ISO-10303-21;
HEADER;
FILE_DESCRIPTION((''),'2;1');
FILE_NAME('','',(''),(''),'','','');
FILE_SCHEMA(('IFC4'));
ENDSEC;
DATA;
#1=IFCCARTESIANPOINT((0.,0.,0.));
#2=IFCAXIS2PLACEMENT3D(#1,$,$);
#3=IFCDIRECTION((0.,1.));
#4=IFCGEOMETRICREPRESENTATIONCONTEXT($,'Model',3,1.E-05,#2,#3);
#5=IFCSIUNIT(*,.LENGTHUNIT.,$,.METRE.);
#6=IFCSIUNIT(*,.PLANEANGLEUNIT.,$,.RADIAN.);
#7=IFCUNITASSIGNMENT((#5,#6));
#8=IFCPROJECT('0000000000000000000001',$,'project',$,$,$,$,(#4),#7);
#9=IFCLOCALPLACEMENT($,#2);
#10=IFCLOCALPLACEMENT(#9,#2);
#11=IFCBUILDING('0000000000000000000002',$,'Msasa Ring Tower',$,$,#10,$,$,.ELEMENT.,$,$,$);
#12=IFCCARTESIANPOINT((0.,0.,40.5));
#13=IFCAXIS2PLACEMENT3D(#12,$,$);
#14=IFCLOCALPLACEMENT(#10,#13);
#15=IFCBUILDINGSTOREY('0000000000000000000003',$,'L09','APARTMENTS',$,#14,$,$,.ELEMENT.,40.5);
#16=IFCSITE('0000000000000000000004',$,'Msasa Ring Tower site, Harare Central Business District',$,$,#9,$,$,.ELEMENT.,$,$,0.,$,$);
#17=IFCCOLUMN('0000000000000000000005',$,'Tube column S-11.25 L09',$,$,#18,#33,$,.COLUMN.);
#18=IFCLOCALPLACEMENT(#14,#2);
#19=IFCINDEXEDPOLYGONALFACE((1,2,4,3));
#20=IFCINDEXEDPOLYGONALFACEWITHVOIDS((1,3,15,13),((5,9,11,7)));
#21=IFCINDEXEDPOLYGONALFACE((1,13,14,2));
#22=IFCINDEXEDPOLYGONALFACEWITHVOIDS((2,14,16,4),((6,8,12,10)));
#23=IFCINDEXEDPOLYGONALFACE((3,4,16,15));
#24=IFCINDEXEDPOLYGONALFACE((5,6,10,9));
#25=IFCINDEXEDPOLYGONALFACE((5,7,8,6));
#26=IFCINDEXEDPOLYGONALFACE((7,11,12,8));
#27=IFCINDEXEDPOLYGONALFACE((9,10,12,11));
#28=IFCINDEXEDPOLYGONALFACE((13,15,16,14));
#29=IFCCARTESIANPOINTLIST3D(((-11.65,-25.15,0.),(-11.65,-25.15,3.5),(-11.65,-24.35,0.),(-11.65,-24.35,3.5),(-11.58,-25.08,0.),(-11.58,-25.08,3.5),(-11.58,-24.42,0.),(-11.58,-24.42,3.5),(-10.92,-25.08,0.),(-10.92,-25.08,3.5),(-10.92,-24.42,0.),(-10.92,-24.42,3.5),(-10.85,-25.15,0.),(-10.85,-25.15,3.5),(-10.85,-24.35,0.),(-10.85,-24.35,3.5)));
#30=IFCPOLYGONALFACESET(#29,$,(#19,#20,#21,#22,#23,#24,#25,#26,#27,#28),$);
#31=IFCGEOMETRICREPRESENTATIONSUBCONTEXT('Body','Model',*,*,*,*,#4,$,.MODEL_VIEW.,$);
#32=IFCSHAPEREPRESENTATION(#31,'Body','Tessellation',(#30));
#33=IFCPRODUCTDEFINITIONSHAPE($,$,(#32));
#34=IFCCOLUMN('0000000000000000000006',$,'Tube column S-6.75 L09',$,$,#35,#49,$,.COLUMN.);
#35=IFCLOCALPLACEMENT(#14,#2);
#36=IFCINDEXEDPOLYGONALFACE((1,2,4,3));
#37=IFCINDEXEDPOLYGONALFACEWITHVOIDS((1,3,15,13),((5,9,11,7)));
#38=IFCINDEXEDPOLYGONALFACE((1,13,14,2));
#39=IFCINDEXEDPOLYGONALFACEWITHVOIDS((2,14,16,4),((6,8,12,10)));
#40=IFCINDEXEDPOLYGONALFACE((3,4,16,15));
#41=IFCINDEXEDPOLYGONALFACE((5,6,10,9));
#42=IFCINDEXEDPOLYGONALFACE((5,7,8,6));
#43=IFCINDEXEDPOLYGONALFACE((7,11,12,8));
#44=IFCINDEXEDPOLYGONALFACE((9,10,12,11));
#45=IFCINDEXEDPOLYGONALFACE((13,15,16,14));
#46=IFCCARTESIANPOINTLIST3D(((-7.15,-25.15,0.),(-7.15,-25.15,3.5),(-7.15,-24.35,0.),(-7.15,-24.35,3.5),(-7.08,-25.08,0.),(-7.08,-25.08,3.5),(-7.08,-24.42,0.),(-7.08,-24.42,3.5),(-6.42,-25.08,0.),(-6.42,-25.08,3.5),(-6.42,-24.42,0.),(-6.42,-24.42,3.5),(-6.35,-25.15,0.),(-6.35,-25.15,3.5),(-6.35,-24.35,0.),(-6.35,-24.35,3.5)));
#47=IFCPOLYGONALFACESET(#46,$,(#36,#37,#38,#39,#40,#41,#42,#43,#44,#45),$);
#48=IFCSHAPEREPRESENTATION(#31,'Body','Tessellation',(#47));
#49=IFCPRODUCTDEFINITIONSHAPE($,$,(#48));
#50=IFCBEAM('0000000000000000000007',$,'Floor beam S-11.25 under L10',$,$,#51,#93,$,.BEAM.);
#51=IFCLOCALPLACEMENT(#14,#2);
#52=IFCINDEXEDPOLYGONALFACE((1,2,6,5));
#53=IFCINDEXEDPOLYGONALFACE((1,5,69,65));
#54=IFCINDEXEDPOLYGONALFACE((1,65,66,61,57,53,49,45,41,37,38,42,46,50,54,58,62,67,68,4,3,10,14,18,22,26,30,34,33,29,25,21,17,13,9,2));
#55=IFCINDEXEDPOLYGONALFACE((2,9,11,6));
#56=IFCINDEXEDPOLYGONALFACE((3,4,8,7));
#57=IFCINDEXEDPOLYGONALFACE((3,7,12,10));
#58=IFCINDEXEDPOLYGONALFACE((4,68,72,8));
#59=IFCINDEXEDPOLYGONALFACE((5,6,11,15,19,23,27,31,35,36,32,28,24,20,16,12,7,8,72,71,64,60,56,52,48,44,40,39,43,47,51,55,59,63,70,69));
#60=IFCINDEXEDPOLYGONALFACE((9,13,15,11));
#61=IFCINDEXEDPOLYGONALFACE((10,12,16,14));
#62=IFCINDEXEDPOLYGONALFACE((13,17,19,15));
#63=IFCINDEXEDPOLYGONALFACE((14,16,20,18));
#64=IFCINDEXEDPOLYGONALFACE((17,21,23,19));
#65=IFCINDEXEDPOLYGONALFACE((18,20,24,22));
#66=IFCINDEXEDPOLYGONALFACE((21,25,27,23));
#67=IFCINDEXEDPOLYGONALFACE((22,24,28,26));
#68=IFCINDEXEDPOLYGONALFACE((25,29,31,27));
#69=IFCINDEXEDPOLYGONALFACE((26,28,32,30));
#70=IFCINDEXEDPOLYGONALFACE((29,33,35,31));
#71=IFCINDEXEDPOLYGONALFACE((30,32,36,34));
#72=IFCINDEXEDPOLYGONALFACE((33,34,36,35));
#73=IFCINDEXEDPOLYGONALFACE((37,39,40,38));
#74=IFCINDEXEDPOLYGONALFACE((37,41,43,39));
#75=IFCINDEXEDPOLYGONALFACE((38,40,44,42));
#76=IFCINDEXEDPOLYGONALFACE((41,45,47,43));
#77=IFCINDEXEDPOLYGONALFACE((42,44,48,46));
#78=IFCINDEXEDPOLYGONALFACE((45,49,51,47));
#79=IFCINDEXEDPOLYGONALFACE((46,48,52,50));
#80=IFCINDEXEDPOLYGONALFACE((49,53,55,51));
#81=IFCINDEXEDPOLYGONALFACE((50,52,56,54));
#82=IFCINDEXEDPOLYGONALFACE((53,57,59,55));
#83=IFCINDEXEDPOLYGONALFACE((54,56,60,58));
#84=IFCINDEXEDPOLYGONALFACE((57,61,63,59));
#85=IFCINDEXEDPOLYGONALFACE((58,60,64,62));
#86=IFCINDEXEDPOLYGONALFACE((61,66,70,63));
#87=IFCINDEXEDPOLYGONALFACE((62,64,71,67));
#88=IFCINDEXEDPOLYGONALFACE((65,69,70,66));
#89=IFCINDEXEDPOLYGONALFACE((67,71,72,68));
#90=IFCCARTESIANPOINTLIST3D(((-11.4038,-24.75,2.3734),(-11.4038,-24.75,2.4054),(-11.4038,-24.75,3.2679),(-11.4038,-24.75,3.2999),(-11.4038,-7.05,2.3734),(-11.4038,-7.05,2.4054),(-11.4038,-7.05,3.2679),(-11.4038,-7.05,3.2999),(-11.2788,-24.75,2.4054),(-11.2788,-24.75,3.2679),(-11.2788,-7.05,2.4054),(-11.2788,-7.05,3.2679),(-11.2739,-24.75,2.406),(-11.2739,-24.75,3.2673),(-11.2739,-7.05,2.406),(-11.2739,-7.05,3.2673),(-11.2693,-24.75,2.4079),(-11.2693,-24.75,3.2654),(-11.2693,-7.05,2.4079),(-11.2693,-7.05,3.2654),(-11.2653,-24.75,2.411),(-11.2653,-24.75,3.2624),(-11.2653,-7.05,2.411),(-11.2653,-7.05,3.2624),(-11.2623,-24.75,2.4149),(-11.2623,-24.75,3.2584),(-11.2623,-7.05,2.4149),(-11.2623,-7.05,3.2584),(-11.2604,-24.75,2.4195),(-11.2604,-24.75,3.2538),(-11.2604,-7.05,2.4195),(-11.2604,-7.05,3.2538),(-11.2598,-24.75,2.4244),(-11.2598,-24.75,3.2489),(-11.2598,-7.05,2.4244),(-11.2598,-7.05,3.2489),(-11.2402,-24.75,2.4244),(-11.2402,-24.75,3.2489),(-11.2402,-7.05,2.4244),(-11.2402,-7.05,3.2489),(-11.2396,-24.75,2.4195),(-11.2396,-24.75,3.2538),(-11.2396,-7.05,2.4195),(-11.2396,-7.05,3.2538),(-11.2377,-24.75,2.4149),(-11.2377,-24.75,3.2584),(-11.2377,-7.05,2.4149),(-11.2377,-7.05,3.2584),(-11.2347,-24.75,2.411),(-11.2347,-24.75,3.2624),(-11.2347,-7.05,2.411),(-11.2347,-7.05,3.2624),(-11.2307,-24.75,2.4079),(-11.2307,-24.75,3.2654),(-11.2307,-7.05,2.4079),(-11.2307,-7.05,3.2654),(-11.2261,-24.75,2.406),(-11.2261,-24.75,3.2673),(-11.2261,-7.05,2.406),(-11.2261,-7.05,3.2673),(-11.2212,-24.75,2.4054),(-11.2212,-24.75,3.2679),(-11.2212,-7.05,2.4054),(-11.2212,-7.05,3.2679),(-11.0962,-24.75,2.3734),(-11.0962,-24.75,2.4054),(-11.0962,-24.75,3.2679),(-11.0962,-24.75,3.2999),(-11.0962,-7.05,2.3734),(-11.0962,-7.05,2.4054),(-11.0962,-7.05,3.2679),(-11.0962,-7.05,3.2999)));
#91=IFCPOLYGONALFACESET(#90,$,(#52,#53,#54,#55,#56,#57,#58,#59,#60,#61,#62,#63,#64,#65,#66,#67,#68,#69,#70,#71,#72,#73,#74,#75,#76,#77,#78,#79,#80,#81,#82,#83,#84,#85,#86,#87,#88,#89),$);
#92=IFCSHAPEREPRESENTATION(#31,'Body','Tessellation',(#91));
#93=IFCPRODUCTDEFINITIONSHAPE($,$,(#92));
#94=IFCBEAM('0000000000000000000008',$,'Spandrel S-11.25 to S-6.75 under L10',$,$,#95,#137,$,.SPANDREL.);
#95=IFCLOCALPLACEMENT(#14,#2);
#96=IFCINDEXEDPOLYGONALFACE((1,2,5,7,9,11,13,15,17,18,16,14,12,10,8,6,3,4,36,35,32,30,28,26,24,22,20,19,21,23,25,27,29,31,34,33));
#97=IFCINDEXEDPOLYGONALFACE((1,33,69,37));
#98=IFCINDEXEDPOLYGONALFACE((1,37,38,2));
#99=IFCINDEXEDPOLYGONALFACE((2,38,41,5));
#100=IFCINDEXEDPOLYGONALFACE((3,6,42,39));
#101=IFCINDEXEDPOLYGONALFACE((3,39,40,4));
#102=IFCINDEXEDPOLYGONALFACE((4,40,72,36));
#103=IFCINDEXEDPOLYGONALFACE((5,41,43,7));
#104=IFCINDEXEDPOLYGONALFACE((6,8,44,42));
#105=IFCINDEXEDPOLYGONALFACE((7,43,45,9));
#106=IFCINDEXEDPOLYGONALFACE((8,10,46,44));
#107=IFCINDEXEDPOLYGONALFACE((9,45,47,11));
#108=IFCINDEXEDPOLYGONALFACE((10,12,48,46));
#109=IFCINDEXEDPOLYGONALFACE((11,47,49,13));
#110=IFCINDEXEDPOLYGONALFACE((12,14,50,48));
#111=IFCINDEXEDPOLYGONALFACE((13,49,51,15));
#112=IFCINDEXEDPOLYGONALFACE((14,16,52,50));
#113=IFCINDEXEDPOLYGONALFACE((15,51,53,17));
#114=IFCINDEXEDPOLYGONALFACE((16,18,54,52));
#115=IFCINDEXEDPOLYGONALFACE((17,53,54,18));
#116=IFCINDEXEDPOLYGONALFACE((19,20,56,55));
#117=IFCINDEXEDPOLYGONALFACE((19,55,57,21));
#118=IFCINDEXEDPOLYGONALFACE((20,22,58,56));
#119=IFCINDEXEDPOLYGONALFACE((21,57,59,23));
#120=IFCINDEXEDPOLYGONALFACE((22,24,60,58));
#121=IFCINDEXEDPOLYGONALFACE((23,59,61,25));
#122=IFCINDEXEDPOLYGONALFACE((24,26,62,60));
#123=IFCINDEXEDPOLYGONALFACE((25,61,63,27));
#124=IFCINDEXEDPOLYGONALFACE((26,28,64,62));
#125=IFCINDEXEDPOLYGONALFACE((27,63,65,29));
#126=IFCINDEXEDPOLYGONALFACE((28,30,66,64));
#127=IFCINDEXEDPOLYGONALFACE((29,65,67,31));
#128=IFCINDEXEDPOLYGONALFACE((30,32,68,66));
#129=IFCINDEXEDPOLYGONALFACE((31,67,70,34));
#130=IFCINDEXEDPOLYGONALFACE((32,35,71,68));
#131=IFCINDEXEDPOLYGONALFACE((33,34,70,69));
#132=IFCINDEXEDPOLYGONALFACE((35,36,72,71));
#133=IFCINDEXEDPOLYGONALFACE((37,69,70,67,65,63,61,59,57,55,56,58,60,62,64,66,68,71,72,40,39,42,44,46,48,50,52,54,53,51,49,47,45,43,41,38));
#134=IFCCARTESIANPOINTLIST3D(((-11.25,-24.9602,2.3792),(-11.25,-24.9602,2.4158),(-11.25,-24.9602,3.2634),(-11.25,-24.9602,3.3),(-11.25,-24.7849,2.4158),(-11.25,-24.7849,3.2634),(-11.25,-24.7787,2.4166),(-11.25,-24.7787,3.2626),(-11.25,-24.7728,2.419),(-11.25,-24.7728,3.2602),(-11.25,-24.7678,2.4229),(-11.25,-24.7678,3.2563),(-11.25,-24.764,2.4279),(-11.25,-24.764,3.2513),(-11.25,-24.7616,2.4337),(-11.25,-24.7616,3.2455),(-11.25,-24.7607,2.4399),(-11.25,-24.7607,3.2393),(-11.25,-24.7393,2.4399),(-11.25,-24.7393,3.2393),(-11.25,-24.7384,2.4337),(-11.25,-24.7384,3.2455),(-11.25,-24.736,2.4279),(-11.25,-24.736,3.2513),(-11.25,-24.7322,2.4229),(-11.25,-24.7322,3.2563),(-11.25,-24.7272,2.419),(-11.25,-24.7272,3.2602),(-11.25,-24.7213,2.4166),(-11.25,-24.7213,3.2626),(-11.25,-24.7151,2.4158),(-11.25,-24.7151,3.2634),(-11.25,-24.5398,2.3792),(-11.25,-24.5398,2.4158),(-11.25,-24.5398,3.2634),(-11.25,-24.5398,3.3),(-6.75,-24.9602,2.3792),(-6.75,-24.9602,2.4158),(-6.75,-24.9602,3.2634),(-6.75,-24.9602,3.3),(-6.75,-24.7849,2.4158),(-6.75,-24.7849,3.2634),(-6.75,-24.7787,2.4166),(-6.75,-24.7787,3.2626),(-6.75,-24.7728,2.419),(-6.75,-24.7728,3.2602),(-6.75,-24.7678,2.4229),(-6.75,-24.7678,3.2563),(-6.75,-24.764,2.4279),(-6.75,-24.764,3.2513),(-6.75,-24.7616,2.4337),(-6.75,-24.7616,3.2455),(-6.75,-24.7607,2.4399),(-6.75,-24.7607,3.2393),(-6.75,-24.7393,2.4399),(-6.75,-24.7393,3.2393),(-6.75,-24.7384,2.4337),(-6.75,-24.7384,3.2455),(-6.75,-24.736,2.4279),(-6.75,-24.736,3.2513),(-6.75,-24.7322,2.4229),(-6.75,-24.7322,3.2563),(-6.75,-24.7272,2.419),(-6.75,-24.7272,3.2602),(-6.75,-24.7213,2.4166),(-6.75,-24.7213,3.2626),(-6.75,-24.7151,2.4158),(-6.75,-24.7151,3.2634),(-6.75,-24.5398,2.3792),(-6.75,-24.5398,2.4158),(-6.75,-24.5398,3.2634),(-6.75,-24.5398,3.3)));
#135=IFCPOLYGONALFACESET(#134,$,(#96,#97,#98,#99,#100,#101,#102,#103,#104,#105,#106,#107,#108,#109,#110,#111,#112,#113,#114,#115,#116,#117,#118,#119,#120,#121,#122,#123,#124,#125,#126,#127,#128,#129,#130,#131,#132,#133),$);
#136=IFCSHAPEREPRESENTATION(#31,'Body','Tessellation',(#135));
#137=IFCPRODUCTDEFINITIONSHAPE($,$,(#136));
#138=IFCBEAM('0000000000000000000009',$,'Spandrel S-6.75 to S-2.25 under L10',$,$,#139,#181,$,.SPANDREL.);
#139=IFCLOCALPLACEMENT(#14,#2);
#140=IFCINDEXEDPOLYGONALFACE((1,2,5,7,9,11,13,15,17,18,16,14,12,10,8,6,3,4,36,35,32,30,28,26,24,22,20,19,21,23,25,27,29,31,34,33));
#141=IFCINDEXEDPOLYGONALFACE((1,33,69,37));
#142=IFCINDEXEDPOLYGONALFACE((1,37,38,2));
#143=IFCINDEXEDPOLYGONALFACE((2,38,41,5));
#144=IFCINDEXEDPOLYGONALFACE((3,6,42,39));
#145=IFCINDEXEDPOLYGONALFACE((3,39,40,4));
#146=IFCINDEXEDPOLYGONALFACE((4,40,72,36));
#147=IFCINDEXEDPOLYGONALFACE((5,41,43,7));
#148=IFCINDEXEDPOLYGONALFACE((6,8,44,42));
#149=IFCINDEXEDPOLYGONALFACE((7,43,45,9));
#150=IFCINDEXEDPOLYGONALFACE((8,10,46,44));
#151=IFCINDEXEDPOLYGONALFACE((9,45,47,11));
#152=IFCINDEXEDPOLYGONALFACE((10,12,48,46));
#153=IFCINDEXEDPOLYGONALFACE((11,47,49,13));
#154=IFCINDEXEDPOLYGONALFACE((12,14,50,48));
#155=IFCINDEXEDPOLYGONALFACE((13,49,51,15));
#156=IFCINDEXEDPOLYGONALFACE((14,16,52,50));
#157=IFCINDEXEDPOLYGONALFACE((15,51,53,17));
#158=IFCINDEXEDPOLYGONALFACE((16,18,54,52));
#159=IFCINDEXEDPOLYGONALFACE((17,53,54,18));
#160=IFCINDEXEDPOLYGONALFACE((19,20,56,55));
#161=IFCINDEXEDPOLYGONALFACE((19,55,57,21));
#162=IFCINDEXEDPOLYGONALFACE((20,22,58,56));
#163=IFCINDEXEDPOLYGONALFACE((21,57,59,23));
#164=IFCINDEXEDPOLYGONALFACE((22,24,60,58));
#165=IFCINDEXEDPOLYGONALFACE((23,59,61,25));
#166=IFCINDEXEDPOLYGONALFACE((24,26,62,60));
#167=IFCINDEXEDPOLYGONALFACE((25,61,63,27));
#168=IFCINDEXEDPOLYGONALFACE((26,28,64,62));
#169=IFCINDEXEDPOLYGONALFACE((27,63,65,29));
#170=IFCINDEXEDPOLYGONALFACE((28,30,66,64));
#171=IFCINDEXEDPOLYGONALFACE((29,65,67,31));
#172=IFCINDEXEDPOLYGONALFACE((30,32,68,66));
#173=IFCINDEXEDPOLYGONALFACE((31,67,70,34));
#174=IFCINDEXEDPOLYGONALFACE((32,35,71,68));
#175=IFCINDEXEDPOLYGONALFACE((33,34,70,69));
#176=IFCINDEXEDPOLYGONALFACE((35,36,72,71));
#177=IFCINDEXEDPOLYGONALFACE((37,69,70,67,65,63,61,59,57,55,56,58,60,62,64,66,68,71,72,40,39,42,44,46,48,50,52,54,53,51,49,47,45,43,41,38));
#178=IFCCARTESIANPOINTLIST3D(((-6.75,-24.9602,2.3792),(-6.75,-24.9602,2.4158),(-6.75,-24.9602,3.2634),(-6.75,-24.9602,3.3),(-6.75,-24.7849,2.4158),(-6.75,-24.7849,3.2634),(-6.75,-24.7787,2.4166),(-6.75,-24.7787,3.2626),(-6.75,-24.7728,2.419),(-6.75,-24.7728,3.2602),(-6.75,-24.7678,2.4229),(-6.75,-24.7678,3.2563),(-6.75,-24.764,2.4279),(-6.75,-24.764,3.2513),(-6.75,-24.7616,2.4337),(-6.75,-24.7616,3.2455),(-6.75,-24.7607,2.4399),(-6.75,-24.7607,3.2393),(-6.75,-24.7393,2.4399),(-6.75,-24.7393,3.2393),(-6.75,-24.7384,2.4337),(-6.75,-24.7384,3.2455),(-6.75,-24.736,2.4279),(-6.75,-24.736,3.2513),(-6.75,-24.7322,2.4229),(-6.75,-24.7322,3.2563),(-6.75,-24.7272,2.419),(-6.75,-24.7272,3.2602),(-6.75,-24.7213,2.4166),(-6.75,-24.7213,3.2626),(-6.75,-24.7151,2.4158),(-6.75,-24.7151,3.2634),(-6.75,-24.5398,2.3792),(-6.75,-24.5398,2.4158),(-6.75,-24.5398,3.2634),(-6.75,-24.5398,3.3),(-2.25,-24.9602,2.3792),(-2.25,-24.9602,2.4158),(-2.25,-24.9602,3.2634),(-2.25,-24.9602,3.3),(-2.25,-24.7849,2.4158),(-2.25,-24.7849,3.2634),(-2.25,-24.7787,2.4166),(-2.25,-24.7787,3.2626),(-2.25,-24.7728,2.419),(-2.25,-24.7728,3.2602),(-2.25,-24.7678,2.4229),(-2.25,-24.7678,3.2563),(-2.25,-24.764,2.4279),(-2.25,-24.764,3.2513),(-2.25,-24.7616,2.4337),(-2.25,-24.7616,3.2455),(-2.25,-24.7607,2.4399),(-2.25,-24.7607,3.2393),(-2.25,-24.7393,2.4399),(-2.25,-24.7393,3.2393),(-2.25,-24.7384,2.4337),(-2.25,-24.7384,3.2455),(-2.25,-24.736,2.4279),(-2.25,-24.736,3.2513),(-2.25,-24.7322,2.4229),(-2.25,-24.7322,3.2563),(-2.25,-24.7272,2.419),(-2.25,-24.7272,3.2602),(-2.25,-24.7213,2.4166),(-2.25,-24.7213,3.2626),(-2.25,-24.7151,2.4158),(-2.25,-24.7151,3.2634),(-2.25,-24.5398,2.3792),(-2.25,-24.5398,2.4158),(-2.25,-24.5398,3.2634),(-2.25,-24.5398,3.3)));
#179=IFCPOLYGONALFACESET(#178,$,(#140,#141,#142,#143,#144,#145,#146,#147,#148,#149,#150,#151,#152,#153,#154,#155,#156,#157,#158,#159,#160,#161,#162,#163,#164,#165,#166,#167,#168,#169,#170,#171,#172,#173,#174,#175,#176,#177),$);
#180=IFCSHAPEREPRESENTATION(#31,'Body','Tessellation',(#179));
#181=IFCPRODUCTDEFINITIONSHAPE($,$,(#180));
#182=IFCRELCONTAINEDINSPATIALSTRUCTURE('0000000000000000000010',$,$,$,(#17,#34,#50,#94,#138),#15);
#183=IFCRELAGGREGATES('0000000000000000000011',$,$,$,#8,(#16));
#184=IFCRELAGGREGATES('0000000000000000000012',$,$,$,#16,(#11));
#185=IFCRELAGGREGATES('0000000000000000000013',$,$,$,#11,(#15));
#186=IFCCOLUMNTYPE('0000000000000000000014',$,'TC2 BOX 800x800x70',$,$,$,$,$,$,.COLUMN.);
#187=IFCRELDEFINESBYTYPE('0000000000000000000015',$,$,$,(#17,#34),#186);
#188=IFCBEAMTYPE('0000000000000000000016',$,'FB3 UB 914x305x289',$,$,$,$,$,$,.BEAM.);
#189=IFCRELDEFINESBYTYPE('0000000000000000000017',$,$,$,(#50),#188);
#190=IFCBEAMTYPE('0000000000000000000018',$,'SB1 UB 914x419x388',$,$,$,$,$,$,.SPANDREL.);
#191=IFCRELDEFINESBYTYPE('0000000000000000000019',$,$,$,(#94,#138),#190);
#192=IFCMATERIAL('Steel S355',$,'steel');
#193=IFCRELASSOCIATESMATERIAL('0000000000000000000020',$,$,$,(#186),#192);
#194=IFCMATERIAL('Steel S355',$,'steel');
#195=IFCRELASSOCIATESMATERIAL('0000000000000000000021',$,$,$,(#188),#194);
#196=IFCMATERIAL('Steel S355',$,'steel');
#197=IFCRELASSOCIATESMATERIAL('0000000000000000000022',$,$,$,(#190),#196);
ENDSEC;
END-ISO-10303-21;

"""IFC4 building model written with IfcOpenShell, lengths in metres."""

from ifc_helpers import new_model, si_unit, direction, frame, origin, origin_2d, place, context, subcontext, project, spatial, hollow_rectangle, i_section, extrude, material, material_profile, profile_set, type_object, element, save


model = new_model("IFC4")

# Units and contexts
model_context = context("Model", 3, precision=1e-05, world=origin(), true_north=direction((0.0, 1.0)))
body_context = subcontext(model_context, "Body", "Model", "MODEL_VIEW")
ifc_project = project(units=[si_unit("LENGTHUNIT", "METRE"), si_unit("PLANEANGLEUNIT", "RADIAN")], contexts=[model_context])

# Site, building, storey
site_placement = place(None, origin())
site = spatial("IfcSite", under=ifc_project, at=site_placement, Name="Msasa Ring Tower site, Harare Central Business District", CompositionType="ELEMENT", RefElevation=0.0)
building_placement = place(site_placement, origin())
building = spatial("IfcBuilding", under=site, at=building_placement, Name="Msasa Ring Tower", CompositionType="ELEMENT")
storey_placement = place(building_placement, frame((0.0, 0.0, 40.5)))
storey = spatial("IfcBuildingStorey", under=building, at=storey_placement, Name="L09", Description="APARTMENTS", CompositionType="ELEMENT", Elevation=40.5)

# Columns
ifc_material_1 = material(Name="Steel S355", Category="steel")
ifc_material_profile_1 = material_profile(ifc_material_1, hollow_rectangle(XDim=0.8, YDim=0.8, WallThickness=0.0701, at=origin_2d()), Name="BOX 800x800x70")
ifc_profile_set_1 = profile_set([ifc_material_profile_1], Name="Steel S355")
column_type = type_object("IfcColumnType", Name="TC2 BOX 800x800x70", PredefinedType="COLUMN", material=ifc_profile_set_1)
for number, where, z_axis, x_axis, name in (
    (1, (-11.25, -24.75, 0.0), (0.0, 0.0, 1.0), (0.0, 1.0, 0.0), "Tube column S-11.25 L09"),
    (2, (-6.75, -24.75, 0.0), (0.0, 0.0, 1.0), (0.0, 1.0, 0.0), "Tube column S-6.75 L09"),
):
    element("IfcColumn", number, at=place(storey_placement, frame(where, z_axis=z_axis, x_axis=x_axis)), inside=storey, type_object=column_type, Name=name, PredefinedType="COLUMN", context=body_context, shape_type="SweptSolid", body=[
        extrude(hollow_rectangle(XDim=0.8, YDim=0.8, WallThickness=0.0701, at=origin_2d()), origin(), (0.0, 0.0, 1.0), 3.5),
    ])

# Beams
ifc_material_2 = material(Name="Steel S355", Category="steel")
ifc_material_profile_2 = material_profile(ifc_material_2, i_section(OverallWidth=0.3076, OverallDepth=0.9265, WebThickness=0.0195, FlangeThickness=0.032, FilletRadius=0.019, at=origin_2d()), Name="UB 914x305x289")
ifc_profile_set_2 = profile_set([ifc_material_profile_2], Name="Steel S355")
beam_type_1 = type_object("IfcBeamType", Name="FB3 UB 914x305x289", PredefinedType="BEAM", material=ifc_profile_set_2)
beam_placement = place(storey_placement, frame((-11.25, -24.75, 2.8367), z_axis=(0.0, 1.0, 0.0), x_axis=(-1.0, 0.0, 0.0)))
element("IfcBeam", 3, at=beam_placement, inside=storey, type_object=beam_type_1, Name="Floor beam S-11.25 under L10", PredefinedType="BEAM", context=body_context, shape_type="SweptSolid", body=[
    extrude(i_section(OverallWidth=0.3076, OverallDepth=0.9265, WebThickness=0.0195, FlangeThickness=0.032, FilletRadius=0.019, at=origin_2d()), origin(), (0.0, 0.0, 1.0), 17.7),
])
ifc_material_3 = material(Name="Steel S355", Category="steel")
ifc_material_profile_3 = material_profile(ifc_material_3, i_section(OverallWidth=0.4204, OverallDepth=0.9209, WebThickness=0.0215, FlangeThickness=0.0366, FilletRadius=0.0242, at=origin_2d()), Name="UB 914x419x388")
ifc_profile_set_3 = profile_set([ifc_material_profile_3], Name="Steel S355")
beam_type_2 = type_object("IfcBeamType", Name="SB1 UB 914x419x388", PredefinedType="SPANDREL", material=ifc_profile_set_3)
for number, where, z_axis, x_axis, name in (
    (4, (-11.25, -24.75, 2.8396), (1.0, 0.0, 0.0), (0.0, 1.0, 0.0), "Spandrel S-11.25 to S-6.75 under L10"),
    (5, (-6.75, -24.75, 2.8396), (1.0, 0.0, 0.0), (0.0, 1.0, 0.0), "Spandrel S-6.75 to S-2.25 under L10"),
):
    element("IfcBeam", number, at=place(storey_placement, frame(where, z_axis=z_axis, x_axis=x_axis)), inside=storey, type_object=beam_type_2, Name=name, PredefinedType="SPANDREL", context=body_context, shape_type="SweptSolid", body=[
        extrude(i_section(OverallWidth=0.4204, OverallDepth=0.9209, WebThickness=0.0215, FlangeThickness=0.0366, FilletRadius=0.0242, at=origin_2d()), origin(), (0.0, 0.0, 1.0), 4.5),
    ])

save(model, "model.ifc")
